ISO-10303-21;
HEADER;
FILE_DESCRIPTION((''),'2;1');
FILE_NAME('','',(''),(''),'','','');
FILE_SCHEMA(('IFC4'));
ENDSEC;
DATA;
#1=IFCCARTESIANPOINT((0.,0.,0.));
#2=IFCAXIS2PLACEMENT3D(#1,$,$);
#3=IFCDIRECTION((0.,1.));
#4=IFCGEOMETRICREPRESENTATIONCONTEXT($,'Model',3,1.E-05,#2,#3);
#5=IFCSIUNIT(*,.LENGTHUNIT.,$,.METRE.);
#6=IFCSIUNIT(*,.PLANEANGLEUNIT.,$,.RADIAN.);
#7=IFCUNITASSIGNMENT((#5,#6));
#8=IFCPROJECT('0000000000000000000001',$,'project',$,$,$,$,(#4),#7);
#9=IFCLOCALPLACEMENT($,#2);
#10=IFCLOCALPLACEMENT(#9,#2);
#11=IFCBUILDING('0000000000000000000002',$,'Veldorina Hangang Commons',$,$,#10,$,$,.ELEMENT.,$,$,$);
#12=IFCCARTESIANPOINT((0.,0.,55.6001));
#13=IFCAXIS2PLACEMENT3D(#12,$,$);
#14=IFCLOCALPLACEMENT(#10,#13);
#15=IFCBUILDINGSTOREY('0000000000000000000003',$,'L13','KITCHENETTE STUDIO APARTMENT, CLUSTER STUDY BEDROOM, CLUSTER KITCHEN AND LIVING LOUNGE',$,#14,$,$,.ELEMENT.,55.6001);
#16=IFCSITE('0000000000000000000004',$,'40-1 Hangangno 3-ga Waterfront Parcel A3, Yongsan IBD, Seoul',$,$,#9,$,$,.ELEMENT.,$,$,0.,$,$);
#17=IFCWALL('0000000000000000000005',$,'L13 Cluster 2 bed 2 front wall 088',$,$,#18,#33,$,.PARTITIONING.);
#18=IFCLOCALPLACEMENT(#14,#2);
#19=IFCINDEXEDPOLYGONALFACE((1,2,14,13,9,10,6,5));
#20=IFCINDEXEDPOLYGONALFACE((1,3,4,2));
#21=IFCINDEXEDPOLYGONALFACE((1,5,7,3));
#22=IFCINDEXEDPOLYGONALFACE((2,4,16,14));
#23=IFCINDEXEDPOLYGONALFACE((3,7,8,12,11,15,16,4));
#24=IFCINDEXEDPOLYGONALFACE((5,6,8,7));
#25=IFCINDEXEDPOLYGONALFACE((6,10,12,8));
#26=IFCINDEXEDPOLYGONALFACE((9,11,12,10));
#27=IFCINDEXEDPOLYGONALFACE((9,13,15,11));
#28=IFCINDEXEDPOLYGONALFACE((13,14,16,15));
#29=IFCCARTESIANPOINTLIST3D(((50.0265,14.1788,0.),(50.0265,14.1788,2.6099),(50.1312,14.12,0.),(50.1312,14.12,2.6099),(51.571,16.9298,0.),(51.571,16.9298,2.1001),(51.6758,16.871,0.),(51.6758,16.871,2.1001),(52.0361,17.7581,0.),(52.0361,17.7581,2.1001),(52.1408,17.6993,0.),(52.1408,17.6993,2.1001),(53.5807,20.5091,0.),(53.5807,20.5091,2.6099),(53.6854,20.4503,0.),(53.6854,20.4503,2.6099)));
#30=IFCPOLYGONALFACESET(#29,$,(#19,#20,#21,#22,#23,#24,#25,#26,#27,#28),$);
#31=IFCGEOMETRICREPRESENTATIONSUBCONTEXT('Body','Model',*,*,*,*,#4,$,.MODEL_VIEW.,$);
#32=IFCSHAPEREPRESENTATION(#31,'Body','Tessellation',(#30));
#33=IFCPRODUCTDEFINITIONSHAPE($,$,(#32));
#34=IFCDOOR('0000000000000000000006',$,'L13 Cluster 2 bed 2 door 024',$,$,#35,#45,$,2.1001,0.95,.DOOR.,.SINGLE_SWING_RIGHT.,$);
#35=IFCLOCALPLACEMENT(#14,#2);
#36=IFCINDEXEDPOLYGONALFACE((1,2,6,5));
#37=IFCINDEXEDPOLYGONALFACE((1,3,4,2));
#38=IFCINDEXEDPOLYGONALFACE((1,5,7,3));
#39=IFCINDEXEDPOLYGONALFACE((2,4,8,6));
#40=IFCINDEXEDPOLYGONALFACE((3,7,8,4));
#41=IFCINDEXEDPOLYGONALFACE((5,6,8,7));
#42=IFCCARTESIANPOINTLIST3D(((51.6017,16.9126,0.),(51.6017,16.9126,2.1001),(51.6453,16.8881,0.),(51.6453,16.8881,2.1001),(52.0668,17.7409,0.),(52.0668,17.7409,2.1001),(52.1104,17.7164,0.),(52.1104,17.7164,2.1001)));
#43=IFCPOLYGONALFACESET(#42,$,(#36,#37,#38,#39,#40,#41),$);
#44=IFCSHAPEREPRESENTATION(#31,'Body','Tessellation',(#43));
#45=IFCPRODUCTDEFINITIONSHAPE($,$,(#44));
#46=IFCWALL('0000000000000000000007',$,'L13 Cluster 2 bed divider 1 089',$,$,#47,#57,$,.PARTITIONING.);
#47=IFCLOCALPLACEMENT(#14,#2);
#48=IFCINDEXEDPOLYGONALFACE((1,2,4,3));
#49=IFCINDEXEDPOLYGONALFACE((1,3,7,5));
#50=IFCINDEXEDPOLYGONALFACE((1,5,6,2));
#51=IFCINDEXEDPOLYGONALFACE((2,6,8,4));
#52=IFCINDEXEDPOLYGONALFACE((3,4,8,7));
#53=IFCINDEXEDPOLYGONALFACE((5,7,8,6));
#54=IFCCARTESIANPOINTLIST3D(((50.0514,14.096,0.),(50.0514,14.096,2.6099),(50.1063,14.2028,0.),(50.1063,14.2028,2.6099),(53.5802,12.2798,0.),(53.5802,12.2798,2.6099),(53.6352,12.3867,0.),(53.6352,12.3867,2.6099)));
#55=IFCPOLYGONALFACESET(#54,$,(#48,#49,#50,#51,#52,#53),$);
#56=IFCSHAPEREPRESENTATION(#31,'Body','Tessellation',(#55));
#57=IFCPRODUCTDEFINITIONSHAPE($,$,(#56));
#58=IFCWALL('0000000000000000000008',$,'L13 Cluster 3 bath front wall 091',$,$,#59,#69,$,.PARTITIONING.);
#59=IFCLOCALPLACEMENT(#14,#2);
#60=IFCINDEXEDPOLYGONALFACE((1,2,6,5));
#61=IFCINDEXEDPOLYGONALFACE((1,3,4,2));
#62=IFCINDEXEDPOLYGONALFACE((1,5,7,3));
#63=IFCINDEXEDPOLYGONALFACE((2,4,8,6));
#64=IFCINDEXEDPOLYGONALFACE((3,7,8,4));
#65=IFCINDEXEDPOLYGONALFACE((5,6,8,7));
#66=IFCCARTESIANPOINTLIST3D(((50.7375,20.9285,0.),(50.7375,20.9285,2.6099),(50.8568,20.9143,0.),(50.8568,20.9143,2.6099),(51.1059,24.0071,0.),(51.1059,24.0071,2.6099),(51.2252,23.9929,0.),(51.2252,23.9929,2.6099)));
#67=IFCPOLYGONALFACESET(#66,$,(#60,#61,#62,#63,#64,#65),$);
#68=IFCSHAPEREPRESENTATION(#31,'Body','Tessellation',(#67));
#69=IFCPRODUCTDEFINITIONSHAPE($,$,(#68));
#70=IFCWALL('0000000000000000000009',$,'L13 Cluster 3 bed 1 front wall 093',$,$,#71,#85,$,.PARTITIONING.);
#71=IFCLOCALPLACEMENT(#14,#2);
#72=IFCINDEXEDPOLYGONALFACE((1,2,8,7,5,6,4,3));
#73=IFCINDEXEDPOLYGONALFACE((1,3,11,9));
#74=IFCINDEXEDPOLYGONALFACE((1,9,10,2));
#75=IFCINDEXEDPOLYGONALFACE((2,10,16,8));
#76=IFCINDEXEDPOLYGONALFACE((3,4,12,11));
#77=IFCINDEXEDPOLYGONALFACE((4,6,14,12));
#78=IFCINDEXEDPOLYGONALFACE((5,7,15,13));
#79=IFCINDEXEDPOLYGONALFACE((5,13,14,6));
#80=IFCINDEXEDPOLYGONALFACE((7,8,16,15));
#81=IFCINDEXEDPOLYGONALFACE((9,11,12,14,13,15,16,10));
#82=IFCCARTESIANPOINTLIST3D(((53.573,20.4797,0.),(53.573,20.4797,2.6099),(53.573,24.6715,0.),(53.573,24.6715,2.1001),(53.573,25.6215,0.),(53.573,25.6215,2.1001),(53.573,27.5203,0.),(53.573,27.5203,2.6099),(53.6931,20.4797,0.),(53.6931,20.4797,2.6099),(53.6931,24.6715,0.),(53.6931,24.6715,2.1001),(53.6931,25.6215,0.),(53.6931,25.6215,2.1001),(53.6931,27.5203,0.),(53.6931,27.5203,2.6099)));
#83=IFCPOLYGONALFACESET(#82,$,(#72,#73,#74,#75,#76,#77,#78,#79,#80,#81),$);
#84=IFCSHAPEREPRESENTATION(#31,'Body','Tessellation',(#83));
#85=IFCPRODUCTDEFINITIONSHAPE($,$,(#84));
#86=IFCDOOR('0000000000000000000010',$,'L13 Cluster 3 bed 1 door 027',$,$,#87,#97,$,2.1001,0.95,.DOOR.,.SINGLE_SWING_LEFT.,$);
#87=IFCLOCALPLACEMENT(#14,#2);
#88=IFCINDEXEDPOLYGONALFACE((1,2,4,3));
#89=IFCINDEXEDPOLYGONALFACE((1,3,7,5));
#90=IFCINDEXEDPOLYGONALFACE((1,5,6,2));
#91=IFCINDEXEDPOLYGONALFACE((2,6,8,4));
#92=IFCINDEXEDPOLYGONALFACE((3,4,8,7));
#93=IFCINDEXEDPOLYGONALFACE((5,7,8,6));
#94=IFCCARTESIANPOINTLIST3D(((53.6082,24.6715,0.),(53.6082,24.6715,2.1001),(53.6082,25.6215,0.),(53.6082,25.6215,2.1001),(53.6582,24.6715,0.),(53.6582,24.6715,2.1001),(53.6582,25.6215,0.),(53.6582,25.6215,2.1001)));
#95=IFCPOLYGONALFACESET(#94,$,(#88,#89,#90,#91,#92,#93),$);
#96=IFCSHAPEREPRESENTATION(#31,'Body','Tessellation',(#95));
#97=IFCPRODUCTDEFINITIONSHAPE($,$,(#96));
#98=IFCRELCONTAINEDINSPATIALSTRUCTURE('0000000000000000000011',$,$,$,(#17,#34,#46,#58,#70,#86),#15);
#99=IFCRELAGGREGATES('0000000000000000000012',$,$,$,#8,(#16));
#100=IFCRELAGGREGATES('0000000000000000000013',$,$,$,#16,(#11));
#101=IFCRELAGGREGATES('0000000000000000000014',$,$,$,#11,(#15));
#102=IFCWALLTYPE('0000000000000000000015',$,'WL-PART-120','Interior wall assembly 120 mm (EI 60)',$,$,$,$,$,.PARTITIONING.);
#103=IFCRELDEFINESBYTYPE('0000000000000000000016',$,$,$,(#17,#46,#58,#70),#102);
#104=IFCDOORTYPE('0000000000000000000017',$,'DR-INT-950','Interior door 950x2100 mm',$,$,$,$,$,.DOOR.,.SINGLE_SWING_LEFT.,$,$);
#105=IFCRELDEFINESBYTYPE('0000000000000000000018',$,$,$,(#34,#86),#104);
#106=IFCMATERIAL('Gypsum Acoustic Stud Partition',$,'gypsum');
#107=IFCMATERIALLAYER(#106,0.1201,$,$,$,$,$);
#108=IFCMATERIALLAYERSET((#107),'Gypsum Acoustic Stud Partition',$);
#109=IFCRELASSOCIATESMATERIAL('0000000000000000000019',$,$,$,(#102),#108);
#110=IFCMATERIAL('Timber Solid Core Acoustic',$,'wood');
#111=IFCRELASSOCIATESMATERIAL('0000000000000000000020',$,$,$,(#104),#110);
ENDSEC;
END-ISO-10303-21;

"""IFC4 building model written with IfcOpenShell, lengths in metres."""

from ifc_helpers import new_model, si_unit, direction, frame, frame_2d, origin, place, context, subcontext, project, spatial, rectangle, extrude, material, layer, layer_set, type_object, element, fill, save


model = new_model("IFC4")

# Units and contexts
model_context = context("Model", 3, precision=1e-05, world=origin(), true_north=direction((0.0, 1.0)))
body_context = subcontext(model_context, "Body", "Model", "MODEL_VIEW")
ifc_project = project(units=[si_unit("LENGTHUNIT", "METRE"), si_unit("PLANEANGLEUNIT", "RADIAN")], contexts=[model_context])

# Site, building, storey
site_placement = place(None, origin())
site = spatial("IfcSite", under=ifc_project, at=site_placement, Name="40-1 Hangangno 3-ga Waterfront Parcel A3, Yongsan IBD, Seoul", CompositionType="ELEMENT", RefElevation=0.0)
building_placement = place(site_placement, origin())
building = spatial("IfcBuilding", under=site, at=building_placement, Name="Veldorina Hangang Commons", CompositionType="ELEMENT")
storey_placement = place(building_placement, frame((0.0, 0.0, 55.6001)))
storey = spatial("IfcBuildingStorey", under=building, at=storey_placement, Name="L13", Description="KITCHENETTE STUDIO APARTMENT, CLUSTER STUDY BEDROOM, CLUSTER KITCHEN AND LIVING LOUNGE", CompositionType="ELEMENT", Elevation=55.6001)

# Wall, opening, door
ifc_material_1 = material(Name="Gypsum Acoustic Stud Partition", Category="gypsum")
ifc_layer_1 = layer(ifc_material_1, 0.1201)
ifc_layer_set_1 = layer_set([ifc_layer_1], Name="Gypsum Acoustic Stud Partition")
wall_type_1 = type_object("IfcWallType", Name="WL-PART-120", Description="Interior wall assembly 120 mm (EI 60)", PredefinedType="PARTITIONING", material=ifc_layer_set_1)
wall_1_placement = place(storey_placement, frame((50.0789, 14.1494, 0.0), z_axis=(0.0, 0.0, 1.0), x_axis=(0.48957, 0.871964, 0.0)))
wall_1 = element("IfcWall", 1, at=wall_1_placement, inside=storey, type_object=wall_type_1, Name="L13 Cluster 2 bed 2 front wall 088", PredefinedType="PARTITIONING", context=body_context, shape_type="SweptSolid", body=[
    extrude(rectangle(XDim=7.2598, YDim=0.1201, at=frame_2d((3.6299, 0.0))), origin(), (0.0, 0.0, 1.0), 2.6099),
])
opening_1_placement = place(wall_1_placement, frame((3.1548, 0.0, 0.0)))
opening_1 = element("IfcOpeningElement", 2, at=opening_1_placement, cuts=wall_1, PredefinedType="OPENING", context=body_context, shape_type="SweptSolid", body=[
    extrude(rectangle(XDim=0.95, YDim=2.1001, at=frame_2d((0.4751, 1.05))), frame((0.0, 0.0701, 0.0), z_axis=(0.0, -1.0, 0.0), x_axis=(1.0, 0.0, 0.0)), (0.0, 0.0, 1.0), 0.1401),
])
ifc_material_2 = material(Name="Timber Solid Core Acoustic", Category="wood")
door_type_1 = type_object("IfcDoorType", Name="DR-INT-950", Description="Interior door 950x2100 mm", OperationType="SINGLE_SWING_LEFT", PredefinedType="DOOR", material=ifc_material_2)
door_1_placement = place(opening_1_placement, origin())
door_1 = element("IfcDoor", 3, at=door_1_placement, inside=storey, type_object=door_type_1, Name="L13 Cluster 2 bed 2 door 024", OperationType="SINGLE_SWING_RIGHT", OverallHeight=2.1001, OverallWidth=0.95, PredefinedType="DOOR", context=body_context, shape_type="SweptSolid", body=[
    extrude(rectangle(XDim=0.95, YDim=2.1001, at=frame_2d((0.4751, 1.05))), frame((0.0, 0.0249, 0.0), z_axis=(0.0, -1.0, 0.0), x_axis=(1.0, 0.0, 0.0)), (0.0, 0.0, 1.0), 0.05),
])
fill(opening_1, door_1)

# Walls
wall_2_placement = place(storey_placement, frame((50.0789, 14.1494, 0.0), z_axis=(0.0, 0.0, 1.0), x_axis=(0.88915, -0.457616, 0.0)))
element("IfcWall", 4, at=wall_2_placement, inside=storey, type_object=wall_type_1, Name="L13 Cluster 2 bed divider 1 089", PredefinedType="PARTITIONING", context=body_context, shape_type="SweptSolid", body=[
    extrude(rectangle(XDim=3.9688, YDim=0.1201, at=frame_2d((1.9844, 0.0))), origin(), (0.0, 0.0, 1.0), 2.6099),
])
wall_3_placement = place(storey_placement, frame((50.7971, 20.9214, 0.0), z_axis=(0.0, 0.0, 1.0), x_axis=(0.118819, 0.992916, 0.0)))
element("IfcWall", 5, at=wall_3_placement, inside=storey, type_object=wall_type_1, Name="L13 Cluster 3 bath front wall 091", PredefinedType="PARTITIONING", context=body_context, shape_type="SweptSolid", body=[
    extrude(rectangle(XDim=3.1006, YDim=0.1201, at=frame_2d((1.5503, 0.0))), origin(), (0.0, 0.0, 1.0), 2.6099),
])

# Wall, opening, door
wall_4_placement = place(storey_placement, frame((53.6331, 20.4797, 0.0), z_axis=(0.0, 0.0, 1.0), x_axis=(0.0, 1.0, 0.0)))
wall_4 = element("IfcWall", 6, at=wall_4_placement, inside=storey, type_object=wall_type_1, Name="L13 Cluster 3 bed 1 front wall 093", PredefinedType="PARTITIONING", context=body_context, shape_type="SweptSolid", body=[
    extrude(rectangle(XDim=7.0405, YDim=0.1201, at=frame_2d((3.5203, 0.0))), origin(), (0.0, 0.0, 1.0), 2.6099),
])
opening_2_placement = place(wall_4_placement, frame((4.1917, 0.0, 0.0)))
opening_2 = element("IfcOpeningElement", 7, at=opening_2_placement, cuts=wall_4, PredefinedType="OPENING", context=body_context, shape_type="SweptSolid", body=[
    extrude(rectangle(XDim=0.95, YDim=2.1001, at=frame_2d((0.4751, 1.05))), frame((0.0, 0.0701, 0.0), z_axis=(0.0, -1.0, 0.0), x_axis=(1.0, 0.0, 0.0)), (0.0, 0.0, 1.0), 0.1401),
])
door_2_placement = place(opening_2_placement, origin())
door_2 = element("IfcDoor", 8, at=door_2_placement, inside=storey, type_object=door_type_1, Name="L13 Cluster 3 bed 1 door 027", OperationType="SINGLE_SWING_LEFT", OverallHeight=2.1001, OverallWidth=0.95, PredefinedType="DOOR", context=body_context, shape_type="SweptSolid", body=[
    extrude(rectangle(XDim=0.95, YDim=2.1001, at=frame_2d((0.4751, 1.05))), frame((0.0, 0.0249, 0.0), z_axis=(0.0, -1.0, 0.0), x_axis=(1.0, 0.0, 0.0)), (0.0, 0.0, 1.0), 0.05),
])
fill(opening_2, door_2)

save(model, "model.ifc")
